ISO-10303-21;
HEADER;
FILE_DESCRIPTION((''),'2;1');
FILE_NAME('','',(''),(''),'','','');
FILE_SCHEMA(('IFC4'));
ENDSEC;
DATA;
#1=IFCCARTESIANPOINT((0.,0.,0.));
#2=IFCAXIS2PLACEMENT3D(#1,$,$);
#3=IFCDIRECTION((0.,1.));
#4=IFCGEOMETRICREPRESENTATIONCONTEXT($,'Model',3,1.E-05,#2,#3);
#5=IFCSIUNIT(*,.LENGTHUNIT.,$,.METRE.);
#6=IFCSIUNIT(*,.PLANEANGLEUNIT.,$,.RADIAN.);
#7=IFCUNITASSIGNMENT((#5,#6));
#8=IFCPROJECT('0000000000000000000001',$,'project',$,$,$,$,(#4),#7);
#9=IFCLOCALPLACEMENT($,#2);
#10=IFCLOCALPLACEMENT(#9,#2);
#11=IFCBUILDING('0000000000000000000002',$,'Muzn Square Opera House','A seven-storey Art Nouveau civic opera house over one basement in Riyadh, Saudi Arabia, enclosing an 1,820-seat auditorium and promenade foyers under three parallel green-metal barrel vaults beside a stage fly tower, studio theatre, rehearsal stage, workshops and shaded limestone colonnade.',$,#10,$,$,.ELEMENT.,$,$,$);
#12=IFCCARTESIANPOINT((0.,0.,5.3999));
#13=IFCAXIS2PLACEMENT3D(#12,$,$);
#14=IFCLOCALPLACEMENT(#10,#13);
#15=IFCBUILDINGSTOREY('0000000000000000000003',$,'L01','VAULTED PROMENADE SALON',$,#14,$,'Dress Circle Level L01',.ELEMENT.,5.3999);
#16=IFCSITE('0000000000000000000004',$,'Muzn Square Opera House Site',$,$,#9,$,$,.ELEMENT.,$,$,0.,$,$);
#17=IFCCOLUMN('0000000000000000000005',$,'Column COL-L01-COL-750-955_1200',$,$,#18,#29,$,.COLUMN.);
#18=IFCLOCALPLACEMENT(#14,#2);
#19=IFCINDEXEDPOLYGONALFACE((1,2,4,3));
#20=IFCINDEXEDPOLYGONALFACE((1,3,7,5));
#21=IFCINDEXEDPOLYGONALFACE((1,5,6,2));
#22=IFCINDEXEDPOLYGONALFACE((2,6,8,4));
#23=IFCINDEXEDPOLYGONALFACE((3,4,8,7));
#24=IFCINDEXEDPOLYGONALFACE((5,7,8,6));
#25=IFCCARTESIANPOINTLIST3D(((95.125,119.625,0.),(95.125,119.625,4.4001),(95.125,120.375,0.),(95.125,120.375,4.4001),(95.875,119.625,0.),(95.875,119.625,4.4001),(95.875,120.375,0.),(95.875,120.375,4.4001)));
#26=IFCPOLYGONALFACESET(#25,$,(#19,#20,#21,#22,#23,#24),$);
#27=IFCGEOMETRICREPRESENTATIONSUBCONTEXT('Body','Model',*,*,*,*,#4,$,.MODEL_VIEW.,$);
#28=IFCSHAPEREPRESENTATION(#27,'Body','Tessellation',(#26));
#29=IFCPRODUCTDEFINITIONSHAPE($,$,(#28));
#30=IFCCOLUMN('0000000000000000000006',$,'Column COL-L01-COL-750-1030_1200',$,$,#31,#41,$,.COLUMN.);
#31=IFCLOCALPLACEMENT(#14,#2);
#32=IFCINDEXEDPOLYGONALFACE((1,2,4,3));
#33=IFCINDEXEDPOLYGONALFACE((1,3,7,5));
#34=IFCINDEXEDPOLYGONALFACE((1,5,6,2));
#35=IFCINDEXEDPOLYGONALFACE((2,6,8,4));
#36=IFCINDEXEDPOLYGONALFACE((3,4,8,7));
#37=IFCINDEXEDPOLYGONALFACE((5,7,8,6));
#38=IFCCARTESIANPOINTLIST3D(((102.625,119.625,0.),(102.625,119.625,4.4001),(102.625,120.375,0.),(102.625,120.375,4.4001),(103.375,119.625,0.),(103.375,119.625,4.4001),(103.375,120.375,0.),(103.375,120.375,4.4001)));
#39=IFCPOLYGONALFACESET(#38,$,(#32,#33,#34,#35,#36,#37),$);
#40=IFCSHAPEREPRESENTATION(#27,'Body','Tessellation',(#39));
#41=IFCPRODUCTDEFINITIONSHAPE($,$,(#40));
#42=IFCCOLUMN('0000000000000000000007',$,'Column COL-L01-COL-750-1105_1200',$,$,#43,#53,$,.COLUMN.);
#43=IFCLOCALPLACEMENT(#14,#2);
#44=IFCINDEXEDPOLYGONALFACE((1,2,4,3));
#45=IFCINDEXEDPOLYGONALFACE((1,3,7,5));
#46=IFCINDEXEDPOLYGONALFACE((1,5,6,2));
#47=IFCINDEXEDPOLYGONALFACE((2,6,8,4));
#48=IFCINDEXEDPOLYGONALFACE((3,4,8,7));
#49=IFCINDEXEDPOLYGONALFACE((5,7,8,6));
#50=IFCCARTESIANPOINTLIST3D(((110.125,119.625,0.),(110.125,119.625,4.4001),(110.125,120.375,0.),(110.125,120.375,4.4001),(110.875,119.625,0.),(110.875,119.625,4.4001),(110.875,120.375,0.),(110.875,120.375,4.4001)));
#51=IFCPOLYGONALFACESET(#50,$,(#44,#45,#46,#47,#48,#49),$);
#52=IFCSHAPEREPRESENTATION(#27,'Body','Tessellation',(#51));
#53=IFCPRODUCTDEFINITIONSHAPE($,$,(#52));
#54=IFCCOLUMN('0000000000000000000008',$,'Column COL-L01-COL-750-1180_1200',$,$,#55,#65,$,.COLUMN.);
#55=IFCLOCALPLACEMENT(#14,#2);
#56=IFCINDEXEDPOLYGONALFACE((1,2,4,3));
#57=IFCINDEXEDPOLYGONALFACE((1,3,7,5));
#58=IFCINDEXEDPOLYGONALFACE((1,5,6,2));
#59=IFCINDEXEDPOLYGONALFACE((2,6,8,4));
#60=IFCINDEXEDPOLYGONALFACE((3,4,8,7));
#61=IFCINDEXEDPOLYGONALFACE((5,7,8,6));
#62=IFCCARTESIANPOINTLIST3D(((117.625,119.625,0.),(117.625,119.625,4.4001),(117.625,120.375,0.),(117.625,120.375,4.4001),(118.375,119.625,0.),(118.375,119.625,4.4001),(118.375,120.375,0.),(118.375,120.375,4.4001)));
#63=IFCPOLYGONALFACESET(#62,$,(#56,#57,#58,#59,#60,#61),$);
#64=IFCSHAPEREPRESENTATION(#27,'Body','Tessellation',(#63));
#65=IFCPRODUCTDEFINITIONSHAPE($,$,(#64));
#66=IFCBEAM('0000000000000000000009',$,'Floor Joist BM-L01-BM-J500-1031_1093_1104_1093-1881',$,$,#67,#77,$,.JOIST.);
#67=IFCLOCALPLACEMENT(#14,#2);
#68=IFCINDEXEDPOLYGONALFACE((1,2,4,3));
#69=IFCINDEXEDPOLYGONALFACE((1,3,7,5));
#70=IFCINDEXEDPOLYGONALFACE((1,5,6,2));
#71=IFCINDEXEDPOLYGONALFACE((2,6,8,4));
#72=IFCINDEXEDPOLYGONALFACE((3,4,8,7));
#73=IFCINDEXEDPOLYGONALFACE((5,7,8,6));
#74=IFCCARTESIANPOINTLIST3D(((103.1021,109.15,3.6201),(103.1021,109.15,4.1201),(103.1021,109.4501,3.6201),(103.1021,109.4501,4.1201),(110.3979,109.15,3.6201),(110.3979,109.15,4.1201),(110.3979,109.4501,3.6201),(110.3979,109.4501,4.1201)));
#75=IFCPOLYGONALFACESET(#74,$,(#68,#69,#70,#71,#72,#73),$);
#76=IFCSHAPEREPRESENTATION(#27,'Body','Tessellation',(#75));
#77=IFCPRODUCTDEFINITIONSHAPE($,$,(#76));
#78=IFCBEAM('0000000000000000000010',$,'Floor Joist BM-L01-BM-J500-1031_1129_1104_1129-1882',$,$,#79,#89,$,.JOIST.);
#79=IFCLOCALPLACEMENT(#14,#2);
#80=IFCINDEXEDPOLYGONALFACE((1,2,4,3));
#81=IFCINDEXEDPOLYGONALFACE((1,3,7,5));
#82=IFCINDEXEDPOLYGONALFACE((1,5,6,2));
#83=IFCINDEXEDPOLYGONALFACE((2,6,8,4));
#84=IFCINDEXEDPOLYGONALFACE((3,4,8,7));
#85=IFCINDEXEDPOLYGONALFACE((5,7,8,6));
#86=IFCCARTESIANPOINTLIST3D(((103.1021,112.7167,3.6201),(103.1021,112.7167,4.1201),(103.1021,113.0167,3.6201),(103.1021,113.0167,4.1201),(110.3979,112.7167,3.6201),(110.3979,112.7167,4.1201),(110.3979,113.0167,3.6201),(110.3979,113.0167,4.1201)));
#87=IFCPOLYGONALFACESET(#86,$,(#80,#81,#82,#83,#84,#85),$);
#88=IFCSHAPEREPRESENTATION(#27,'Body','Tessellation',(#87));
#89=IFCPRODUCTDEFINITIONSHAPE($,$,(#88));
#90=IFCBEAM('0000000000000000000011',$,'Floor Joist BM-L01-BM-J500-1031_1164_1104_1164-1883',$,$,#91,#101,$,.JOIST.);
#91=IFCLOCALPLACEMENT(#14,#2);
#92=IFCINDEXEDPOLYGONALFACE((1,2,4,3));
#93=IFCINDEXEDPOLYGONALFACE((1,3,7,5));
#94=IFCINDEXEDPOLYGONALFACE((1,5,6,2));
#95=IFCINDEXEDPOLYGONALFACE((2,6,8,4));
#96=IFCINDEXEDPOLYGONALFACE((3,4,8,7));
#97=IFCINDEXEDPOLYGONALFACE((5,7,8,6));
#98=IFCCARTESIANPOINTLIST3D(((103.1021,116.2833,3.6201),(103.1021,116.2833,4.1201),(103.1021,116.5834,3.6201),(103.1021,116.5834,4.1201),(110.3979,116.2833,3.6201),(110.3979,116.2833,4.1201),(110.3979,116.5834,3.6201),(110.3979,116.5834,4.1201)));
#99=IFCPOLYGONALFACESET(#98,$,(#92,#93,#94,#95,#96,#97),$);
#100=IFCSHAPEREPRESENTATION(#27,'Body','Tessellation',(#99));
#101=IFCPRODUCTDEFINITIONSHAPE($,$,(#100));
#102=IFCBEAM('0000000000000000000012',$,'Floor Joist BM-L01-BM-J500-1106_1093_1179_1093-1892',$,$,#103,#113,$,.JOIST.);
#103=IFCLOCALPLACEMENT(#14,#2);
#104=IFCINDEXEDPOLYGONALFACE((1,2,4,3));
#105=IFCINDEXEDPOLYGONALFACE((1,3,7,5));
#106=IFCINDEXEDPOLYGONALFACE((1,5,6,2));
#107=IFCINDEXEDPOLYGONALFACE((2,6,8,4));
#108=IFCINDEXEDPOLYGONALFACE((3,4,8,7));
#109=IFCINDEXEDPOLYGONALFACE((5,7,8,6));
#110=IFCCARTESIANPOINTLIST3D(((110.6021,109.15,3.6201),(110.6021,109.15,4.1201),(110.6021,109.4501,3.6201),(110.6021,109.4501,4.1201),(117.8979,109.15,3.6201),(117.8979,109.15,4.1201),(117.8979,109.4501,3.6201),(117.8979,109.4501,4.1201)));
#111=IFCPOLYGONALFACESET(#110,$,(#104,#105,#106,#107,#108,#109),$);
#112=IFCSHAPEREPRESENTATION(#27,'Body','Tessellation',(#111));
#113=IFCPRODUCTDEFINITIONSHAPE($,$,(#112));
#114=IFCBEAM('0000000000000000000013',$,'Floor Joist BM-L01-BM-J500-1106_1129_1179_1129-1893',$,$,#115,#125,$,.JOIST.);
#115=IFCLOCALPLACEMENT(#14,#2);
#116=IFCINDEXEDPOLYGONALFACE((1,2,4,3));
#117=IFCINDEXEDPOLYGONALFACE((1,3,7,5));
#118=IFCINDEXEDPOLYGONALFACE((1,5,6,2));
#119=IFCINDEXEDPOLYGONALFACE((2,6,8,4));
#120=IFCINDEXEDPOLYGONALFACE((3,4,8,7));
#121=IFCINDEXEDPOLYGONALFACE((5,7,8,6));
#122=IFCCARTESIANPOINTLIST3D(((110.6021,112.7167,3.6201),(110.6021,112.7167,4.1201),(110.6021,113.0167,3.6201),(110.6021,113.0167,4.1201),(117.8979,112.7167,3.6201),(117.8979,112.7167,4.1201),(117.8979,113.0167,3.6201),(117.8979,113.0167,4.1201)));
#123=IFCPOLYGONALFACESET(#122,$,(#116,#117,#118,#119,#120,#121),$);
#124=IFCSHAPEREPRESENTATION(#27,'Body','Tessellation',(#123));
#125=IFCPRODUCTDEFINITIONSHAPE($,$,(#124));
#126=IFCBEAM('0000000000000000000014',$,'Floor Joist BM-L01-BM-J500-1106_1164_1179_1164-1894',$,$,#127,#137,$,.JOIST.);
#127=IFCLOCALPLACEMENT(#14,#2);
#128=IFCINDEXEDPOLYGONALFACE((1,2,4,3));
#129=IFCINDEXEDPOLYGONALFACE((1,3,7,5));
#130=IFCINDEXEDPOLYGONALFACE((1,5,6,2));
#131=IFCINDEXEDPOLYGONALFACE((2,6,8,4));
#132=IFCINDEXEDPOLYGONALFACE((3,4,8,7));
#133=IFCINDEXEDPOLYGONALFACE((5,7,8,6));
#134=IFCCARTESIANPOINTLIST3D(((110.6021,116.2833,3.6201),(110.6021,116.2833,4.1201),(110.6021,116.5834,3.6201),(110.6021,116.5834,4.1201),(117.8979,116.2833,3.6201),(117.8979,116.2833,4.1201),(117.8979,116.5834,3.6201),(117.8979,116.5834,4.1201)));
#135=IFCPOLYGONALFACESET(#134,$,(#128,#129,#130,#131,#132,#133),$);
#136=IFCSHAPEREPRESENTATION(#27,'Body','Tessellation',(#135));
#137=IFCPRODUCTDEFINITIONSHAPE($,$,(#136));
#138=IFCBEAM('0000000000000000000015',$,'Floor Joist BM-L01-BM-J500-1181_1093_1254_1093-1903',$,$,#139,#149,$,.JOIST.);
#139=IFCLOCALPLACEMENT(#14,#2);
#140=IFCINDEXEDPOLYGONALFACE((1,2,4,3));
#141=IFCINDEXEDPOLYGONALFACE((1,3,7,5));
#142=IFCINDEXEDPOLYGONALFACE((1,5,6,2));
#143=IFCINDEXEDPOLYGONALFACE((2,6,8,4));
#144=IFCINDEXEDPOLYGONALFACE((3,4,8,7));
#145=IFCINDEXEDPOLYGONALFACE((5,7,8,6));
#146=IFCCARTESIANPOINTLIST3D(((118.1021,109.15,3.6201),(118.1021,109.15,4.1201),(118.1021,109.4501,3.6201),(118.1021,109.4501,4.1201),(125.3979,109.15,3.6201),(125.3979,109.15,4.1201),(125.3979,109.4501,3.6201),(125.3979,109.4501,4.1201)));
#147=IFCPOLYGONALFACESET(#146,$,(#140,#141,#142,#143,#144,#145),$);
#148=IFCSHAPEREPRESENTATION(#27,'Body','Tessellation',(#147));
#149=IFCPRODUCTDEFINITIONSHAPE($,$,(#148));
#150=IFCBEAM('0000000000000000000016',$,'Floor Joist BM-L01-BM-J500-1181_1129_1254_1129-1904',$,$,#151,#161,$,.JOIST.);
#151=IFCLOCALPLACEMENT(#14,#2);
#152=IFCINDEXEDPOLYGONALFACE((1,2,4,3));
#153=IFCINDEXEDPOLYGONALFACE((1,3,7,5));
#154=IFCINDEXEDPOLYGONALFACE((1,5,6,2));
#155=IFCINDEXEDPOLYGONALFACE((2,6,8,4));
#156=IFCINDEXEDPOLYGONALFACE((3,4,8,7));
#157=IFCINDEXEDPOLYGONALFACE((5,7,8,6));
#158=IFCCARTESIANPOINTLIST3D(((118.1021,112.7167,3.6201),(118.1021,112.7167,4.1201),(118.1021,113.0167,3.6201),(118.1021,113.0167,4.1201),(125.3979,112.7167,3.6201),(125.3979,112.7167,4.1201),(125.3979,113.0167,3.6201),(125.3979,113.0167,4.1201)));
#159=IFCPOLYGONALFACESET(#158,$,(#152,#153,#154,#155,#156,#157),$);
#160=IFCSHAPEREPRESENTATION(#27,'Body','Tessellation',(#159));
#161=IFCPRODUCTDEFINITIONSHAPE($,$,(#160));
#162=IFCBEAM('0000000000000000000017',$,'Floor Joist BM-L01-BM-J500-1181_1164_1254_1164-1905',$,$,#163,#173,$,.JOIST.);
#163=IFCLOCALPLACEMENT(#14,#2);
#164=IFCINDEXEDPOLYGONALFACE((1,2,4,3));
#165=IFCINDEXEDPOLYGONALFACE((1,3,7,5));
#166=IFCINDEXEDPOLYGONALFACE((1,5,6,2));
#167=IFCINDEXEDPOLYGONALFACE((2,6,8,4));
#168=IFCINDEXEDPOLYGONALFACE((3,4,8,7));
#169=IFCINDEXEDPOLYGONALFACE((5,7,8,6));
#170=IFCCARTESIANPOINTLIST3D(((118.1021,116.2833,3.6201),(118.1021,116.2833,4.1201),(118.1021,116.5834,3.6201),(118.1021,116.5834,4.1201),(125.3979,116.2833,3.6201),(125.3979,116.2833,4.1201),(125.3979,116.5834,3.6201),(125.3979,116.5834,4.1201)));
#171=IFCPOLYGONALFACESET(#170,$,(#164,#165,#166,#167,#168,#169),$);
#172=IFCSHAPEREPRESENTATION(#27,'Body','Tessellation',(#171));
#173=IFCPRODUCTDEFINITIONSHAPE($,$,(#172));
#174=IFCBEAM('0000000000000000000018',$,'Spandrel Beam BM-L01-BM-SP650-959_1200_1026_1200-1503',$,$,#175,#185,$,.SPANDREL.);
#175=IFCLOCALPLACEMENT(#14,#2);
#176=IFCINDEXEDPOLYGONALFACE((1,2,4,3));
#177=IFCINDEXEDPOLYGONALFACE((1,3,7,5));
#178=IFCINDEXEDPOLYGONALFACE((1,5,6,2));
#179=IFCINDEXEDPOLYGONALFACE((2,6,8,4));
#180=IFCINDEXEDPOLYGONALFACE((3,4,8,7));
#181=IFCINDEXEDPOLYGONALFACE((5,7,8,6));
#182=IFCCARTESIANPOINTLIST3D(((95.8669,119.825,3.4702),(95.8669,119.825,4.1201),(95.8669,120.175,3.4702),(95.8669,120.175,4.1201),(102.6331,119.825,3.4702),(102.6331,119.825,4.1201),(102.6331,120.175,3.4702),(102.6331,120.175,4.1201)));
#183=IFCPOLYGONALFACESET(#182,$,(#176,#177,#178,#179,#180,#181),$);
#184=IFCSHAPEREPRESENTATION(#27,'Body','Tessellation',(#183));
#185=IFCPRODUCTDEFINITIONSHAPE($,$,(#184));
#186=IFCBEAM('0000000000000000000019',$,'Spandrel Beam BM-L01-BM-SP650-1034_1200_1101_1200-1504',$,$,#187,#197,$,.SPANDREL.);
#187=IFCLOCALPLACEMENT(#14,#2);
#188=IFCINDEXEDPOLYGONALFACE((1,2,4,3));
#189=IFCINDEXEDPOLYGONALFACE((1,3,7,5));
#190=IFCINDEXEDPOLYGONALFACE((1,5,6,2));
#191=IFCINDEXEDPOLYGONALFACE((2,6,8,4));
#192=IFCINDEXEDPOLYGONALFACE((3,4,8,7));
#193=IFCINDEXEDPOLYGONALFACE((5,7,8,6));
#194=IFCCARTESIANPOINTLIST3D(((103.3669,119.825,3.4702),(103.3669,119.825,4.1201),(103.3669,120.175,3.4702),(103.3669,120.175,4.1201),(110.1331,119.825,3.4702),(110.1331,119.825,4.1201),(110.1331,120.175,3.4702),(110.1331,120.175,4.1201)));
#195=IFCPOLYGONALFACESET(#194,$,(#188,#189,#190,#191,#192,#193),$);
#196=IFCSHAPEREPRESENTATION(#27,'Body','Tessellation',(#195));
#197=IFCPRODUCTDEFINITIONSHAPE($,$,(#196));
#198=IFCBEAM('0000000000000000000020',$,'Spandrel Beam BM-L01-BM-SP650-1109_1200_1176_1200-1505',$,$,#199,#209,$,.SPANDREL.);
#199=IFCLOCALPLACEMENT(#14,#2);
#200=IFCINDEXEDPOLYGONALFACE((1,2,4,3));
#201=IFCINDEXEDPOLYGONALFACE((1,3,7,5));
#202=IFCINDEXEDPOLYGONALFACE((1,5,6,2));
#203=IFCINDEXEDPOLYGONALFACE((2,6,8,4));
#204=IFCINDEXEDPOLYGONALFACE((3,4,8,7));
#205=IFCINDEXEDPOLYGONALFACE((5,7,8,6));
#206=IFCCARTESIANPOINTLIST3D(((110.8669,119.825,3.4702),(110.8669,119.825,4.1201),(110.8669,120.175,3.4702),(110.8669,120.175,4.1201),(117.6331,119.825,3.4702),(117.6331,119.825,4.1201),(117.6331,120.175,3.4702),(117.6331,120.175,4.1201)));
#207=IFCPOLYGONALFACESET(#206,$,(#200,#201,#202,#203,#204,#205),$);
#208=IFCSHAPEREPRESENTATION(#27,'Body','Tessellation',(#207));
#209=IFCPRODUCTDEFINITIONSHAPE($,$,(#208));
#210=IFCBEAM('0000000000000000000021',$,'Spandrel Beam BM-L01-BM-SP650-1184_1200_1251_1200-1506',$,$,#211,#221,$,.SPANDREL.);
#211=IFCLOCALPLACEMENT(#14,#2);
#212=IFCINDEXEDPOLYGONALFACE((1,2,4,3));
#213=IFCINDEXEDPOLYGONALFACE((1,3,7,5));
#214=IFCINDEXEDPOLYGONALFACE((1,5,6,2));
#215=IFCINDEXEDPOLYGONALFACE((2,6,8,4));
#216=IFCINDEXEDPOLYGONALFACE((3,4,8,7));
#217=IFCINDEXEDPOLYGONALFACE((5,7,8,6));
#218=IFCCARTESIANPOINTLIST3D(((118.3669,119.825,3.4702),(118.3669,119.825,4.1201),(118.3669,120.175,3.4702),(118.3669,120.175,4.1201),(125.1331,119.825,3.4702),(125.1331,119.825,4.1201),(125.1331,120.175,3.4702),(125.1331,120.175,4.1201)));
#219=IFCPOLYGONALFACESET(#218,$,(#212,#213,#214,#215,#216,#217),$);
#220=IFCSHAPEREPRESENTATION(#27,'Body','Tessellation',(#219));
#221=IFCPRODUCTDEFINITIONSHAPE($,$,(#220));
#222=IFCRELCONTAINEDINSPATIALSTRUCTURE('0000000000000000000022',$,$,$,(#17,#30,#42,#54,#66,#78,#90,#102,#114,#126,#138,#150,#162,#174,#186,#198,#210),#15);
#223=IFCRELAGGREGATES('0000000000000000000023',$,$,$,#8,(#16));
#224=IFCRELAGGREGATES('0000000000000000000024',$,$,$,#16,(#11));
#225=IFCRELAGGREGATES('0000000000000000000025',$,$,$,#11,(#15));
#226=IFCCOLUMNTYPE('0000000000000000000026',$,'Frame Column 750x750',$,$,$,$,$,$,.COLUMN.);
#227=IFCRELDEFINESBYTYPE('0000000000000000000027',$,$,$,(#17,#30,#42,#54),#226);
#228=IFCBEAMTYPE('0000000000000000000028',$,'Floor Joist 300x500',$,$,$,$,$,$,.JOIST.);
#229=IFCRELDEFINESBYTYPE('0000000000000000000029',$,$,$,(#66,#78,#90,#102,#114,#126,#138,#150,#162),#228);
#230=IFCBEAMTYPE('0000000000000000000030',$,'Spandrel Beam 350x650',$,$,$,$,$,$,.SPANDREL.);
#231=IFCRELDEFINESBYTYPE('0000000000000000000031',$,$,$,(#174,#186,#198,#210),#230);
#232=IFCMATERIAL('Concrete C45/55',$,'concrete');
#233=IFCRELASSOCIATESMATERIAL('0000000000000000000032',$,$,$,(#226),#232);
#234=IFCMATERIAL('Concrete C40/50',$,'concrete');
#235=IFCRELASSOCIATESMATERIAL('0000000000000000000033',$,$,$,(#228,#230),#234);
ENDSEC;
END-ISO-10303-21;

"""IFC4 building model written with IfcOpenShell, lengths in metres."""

from ifc_helpers import new_model, si_unit, direction, frame, origin, origin_2d, place, context, subcontext, project, spatial, rectangle, extrude, material, material_profile, profile_set, type_object, element, save


model = new_model("IFC4")

# Units and contexts
model_context = context("Model", 3, precision=1e-05, world=origin(), true_north=direction((0.0, 1.0)))
body_context = subcontext(model_context, "Body", "Model", "MODEL_VIEW")
ifc_project = project(units=[si_unit("LENGTHUNIT", "METRE"), si_unit("PLANEANGLEUNIT", "RADIAN")], contexts=[model_context])

# Site, building, storey
site_placement = place(None, origin())
site = spatial("IfcSite", under=ifc_project, at=site_placement, Name="Muzn Square Opera House Site", CompositionType="ELEMENT", RefElevation=0.0)
building_placement = place(site_placement, origin())
building = spatial("IfcBuilding", under=site, at=building_placement, Name="Muzn Square Opera House", Description="A seven-storey Art Nouveau civic opera house over one basement in Riyadh, Saudi Arabia, enclosing an 1,820-seat auditorium and promenade foyers under three parallel green-metal barrel vaults beside a stage fly tower, studio theatre, rehearsal stage, workshops and shaded limestone colonnade.", CompositionType="ELEMENT")
storey_placement = place(building_placement, frame((0.0, 0.0, 5.3999)))
storey = spatial("IfcBuildingStorey", under=building, at=storey_placement, Name="L01", Description="VAULTED PROMENADE SALON", LongName="Dress Circle Level L01", CompositionType="ELEMENT", Elevation=5.3999)

# Columns
ifc_material_1 = material(Name="Concrete C45/55", Category="concrete")
ifc_material_profile_1 = material_profile(ifc_material_1, rectangle(XDim=0.75, YDim=0.75, at=origin_2d()), Name="RC 750x750", Category="concrete")
ifc_profile_set_1 = profile_set([ifc_material_profile_1], Name="Concrete C45/55")
column_type = type_object("IfcColumnType", Name="Frame Column 750x750", PredefinedType="COLUMN", material=ifc_profile_set_1)
for number, where, z_axis, x_axis, name in (
    (1, (95.5, 120.0, 0.0), (0.0, 0.0, 1.0), (1.0, 0.0, 0.0), "Column COL-L01-COL-750-955_1200"),
    (2, (103.0, 120.0, 0.0), (0.0, 0.0, 1.0), (1.0, 0.0, 0.0), "Column COL-L01-COL-750-1030_1200"),
    (3, (110.5, 120.0, 0.0), (0.0, 0.0, 1.0), (1.0, 0.0, 0.0), "Column COL-L01-COL-750-1105_1200"),
    (4, (118.0, 120.0, 0.0), (0.0, 0.0, 1.0), (1.0, 0.0, 0.0), "Column COL-L01-COL-750-1180_1200"),
):
    element("IfcColumn", number, at=place(storey_placement, frame(where, z_axis=z_axis, x_axis=x_axis)), inside=storey, type_object=column_type, Name=name, PredefinedType="COLUMN", context=body_context, shape_type="SweptSolid", body=[
        extrude(rectangle(XDim=0.75, YDim=0.75, at=origin_2d()), origin(), (0.0, 0.0, 1.0), 4.4001),
    ])

# Beams
ifc_material_2 = material(Name="Concrete C40/50", Category="concrete")
ifc_material_profile_2 = material_profile(ifc_material_2, rectangle(XDim=0.3, YDim=0.5, at=origin_2d()), Name="RCJ 300x500", Category="concrete")
ifc_profile_set_2 = profile_set([ifc_material_profile_2], Name="Concrete C40/50")
beam_type_1 = type_object("IfcBeamType", Name="Floor Joist 300x500", PredefinedType="JOIST", material=ifc_profile_set_2)
for number, where, z_axis, x_axis, name in (
    (5, (103.1021, 109.3, 3.8701), (1.0, 0.0, 0.0), (0.0, 1.0, 0.0), "Floor Joist BM-L01-BM-J500-1031_1093_1104_1093-1881"),
    (6, (103.1021, 112.8667, 3.8701), (1.0, 0.0, 0.0), (0.0, 1.0, 0.0), "Floor Joist BM-L01-BM-J500-1031_1129_1104_1129-1882"),
    (7, (103.1021, 116.4333, 3.8701), (1.0, 0.0, 0.0), (0.0, 1.0, 0.0), "Floor Joist BM-L01-BM-J500-1031_1164_1104_1164-1883"),
    (8, (110.6021, 109.3, 3.8701), (1.0, 0.0, 0.0), (0.0, 1.0, 0.0), "Floor Joist BM-L01-BM-J500-1106_1093_1179_1093-1892"),
    (9, (110.6021, 112.8667, 3.8701), (1.0, 0.0, 0.0), (0.0, 1.0, 0.0), "Floor Joist BM-L01-BM-J500-1106_1129_1179_1129-1893"),
    (10, (110.6021, 116.4333, 3.8701), (1.0, 0.0, 0.0), (0.0, 1.0, 0.0), "Floor Joist BM-L01-BM-J500-1106_1164_1179_1164-1894"),
    (11, (118.1021, 109.3, 3.8701), (1.0, 0.0, 0.0), (0.0, 1.0, 0.0), "Floor Joist BM-L01-BM-J500-1181_1093_1254_1093-1903"),
    (12, (118.1021, 112.8667, 3.8701), (1.0, 0.0, 0.0), (0.0, 1.0, 0.0), "Floor Joist BM-L01-BM-J500-1181_1129_1254_1129-1904"),
    (13, (118.1021, 116.4333, 3.8701), (1.0, 0.0, 0.0), (0.0, 1.0, 0.0), "Floor Joist BM-L01-BM-J500-1181_1164_1254_1164-1905"),
):
    element("IfcBeam", number, at=place(storey_placement, frame(where, z_axis=z_axis, x_axis=x_axis)), inside=storey, type_object=beam_type_1, Name=name, PredefinedType="JOIST", context=body_context, shape_type="SweptSolid", body=[
        extrude(rectangle(XDim=0.3, YDim=0.5, at=origin_2d()), origin(), (0.0, 0.0, 1.0), 7.2959),
    ])
ifc_material_profile_3 = material_profile(ifc_material_2, rectangle(XDim=0.3501, YDim=0.6499, at=origin_2d()), Name="RCS 350x650", Category="concrete")
ifc_profile_set_3 = profile_set([ifc_material_profile_3], Name="Concrete C40/50")
beam_type_2 = type_object("IfcBeamType", Name="Spandrel Beam 350x650", PredefinedType="SPANDREL", material=ifc_profile_set_3)
for number, where, z_axis, x_axis, name in (
    (14, (95.8669, 120.0, 3.7952), (1.0, 0.0, 0.0), (0.0, 1.0, 0.0), "Spandrel Beam BM-L01-BM-SP650-959_1200_1026_1200-1503"),
    (15, (103.3669, 120.0, 3.7952), (1.0, 0.0, 0.0), (0.0, 1.0, 0.0), "Spandrel Beam BM-L01-BM-SP650-1034_1200_1101_1200-1504"),
    (16, (110.8669, 120.0, 3.7952), (1.0, 0.0, 0.0), (0.0, 1.0, 0.0), "Spandrel Beam BM-L01-BM-SP650-1109_1200_1176_1200-1505"),
    (17, (118.3669, 120.0, 3.7952), (1.0, 0.0, 0.0), (0.0, 1.0, 0.0), "Spandrel Beam BM-L01-BM-SP650-1184_1200_1251_1200-1506"),
):
    element("IfcBeam", number, at=place(storey_placement, frame(where, z_axis=z_axis, x_axis=x_axis)), inside=storey, type_object=beam_type_2, Name=name, PredefinedType="SPANDREL", context=body_context, shape_type="SweptSolid", body=[
        extrude(rectangle(XDim=0.3501, YDim=0.6499, at=origin_2d()), origin(), (0.0, 0.0, 1.0), 6.7661),
    ])

save(model, "model.ifc")
